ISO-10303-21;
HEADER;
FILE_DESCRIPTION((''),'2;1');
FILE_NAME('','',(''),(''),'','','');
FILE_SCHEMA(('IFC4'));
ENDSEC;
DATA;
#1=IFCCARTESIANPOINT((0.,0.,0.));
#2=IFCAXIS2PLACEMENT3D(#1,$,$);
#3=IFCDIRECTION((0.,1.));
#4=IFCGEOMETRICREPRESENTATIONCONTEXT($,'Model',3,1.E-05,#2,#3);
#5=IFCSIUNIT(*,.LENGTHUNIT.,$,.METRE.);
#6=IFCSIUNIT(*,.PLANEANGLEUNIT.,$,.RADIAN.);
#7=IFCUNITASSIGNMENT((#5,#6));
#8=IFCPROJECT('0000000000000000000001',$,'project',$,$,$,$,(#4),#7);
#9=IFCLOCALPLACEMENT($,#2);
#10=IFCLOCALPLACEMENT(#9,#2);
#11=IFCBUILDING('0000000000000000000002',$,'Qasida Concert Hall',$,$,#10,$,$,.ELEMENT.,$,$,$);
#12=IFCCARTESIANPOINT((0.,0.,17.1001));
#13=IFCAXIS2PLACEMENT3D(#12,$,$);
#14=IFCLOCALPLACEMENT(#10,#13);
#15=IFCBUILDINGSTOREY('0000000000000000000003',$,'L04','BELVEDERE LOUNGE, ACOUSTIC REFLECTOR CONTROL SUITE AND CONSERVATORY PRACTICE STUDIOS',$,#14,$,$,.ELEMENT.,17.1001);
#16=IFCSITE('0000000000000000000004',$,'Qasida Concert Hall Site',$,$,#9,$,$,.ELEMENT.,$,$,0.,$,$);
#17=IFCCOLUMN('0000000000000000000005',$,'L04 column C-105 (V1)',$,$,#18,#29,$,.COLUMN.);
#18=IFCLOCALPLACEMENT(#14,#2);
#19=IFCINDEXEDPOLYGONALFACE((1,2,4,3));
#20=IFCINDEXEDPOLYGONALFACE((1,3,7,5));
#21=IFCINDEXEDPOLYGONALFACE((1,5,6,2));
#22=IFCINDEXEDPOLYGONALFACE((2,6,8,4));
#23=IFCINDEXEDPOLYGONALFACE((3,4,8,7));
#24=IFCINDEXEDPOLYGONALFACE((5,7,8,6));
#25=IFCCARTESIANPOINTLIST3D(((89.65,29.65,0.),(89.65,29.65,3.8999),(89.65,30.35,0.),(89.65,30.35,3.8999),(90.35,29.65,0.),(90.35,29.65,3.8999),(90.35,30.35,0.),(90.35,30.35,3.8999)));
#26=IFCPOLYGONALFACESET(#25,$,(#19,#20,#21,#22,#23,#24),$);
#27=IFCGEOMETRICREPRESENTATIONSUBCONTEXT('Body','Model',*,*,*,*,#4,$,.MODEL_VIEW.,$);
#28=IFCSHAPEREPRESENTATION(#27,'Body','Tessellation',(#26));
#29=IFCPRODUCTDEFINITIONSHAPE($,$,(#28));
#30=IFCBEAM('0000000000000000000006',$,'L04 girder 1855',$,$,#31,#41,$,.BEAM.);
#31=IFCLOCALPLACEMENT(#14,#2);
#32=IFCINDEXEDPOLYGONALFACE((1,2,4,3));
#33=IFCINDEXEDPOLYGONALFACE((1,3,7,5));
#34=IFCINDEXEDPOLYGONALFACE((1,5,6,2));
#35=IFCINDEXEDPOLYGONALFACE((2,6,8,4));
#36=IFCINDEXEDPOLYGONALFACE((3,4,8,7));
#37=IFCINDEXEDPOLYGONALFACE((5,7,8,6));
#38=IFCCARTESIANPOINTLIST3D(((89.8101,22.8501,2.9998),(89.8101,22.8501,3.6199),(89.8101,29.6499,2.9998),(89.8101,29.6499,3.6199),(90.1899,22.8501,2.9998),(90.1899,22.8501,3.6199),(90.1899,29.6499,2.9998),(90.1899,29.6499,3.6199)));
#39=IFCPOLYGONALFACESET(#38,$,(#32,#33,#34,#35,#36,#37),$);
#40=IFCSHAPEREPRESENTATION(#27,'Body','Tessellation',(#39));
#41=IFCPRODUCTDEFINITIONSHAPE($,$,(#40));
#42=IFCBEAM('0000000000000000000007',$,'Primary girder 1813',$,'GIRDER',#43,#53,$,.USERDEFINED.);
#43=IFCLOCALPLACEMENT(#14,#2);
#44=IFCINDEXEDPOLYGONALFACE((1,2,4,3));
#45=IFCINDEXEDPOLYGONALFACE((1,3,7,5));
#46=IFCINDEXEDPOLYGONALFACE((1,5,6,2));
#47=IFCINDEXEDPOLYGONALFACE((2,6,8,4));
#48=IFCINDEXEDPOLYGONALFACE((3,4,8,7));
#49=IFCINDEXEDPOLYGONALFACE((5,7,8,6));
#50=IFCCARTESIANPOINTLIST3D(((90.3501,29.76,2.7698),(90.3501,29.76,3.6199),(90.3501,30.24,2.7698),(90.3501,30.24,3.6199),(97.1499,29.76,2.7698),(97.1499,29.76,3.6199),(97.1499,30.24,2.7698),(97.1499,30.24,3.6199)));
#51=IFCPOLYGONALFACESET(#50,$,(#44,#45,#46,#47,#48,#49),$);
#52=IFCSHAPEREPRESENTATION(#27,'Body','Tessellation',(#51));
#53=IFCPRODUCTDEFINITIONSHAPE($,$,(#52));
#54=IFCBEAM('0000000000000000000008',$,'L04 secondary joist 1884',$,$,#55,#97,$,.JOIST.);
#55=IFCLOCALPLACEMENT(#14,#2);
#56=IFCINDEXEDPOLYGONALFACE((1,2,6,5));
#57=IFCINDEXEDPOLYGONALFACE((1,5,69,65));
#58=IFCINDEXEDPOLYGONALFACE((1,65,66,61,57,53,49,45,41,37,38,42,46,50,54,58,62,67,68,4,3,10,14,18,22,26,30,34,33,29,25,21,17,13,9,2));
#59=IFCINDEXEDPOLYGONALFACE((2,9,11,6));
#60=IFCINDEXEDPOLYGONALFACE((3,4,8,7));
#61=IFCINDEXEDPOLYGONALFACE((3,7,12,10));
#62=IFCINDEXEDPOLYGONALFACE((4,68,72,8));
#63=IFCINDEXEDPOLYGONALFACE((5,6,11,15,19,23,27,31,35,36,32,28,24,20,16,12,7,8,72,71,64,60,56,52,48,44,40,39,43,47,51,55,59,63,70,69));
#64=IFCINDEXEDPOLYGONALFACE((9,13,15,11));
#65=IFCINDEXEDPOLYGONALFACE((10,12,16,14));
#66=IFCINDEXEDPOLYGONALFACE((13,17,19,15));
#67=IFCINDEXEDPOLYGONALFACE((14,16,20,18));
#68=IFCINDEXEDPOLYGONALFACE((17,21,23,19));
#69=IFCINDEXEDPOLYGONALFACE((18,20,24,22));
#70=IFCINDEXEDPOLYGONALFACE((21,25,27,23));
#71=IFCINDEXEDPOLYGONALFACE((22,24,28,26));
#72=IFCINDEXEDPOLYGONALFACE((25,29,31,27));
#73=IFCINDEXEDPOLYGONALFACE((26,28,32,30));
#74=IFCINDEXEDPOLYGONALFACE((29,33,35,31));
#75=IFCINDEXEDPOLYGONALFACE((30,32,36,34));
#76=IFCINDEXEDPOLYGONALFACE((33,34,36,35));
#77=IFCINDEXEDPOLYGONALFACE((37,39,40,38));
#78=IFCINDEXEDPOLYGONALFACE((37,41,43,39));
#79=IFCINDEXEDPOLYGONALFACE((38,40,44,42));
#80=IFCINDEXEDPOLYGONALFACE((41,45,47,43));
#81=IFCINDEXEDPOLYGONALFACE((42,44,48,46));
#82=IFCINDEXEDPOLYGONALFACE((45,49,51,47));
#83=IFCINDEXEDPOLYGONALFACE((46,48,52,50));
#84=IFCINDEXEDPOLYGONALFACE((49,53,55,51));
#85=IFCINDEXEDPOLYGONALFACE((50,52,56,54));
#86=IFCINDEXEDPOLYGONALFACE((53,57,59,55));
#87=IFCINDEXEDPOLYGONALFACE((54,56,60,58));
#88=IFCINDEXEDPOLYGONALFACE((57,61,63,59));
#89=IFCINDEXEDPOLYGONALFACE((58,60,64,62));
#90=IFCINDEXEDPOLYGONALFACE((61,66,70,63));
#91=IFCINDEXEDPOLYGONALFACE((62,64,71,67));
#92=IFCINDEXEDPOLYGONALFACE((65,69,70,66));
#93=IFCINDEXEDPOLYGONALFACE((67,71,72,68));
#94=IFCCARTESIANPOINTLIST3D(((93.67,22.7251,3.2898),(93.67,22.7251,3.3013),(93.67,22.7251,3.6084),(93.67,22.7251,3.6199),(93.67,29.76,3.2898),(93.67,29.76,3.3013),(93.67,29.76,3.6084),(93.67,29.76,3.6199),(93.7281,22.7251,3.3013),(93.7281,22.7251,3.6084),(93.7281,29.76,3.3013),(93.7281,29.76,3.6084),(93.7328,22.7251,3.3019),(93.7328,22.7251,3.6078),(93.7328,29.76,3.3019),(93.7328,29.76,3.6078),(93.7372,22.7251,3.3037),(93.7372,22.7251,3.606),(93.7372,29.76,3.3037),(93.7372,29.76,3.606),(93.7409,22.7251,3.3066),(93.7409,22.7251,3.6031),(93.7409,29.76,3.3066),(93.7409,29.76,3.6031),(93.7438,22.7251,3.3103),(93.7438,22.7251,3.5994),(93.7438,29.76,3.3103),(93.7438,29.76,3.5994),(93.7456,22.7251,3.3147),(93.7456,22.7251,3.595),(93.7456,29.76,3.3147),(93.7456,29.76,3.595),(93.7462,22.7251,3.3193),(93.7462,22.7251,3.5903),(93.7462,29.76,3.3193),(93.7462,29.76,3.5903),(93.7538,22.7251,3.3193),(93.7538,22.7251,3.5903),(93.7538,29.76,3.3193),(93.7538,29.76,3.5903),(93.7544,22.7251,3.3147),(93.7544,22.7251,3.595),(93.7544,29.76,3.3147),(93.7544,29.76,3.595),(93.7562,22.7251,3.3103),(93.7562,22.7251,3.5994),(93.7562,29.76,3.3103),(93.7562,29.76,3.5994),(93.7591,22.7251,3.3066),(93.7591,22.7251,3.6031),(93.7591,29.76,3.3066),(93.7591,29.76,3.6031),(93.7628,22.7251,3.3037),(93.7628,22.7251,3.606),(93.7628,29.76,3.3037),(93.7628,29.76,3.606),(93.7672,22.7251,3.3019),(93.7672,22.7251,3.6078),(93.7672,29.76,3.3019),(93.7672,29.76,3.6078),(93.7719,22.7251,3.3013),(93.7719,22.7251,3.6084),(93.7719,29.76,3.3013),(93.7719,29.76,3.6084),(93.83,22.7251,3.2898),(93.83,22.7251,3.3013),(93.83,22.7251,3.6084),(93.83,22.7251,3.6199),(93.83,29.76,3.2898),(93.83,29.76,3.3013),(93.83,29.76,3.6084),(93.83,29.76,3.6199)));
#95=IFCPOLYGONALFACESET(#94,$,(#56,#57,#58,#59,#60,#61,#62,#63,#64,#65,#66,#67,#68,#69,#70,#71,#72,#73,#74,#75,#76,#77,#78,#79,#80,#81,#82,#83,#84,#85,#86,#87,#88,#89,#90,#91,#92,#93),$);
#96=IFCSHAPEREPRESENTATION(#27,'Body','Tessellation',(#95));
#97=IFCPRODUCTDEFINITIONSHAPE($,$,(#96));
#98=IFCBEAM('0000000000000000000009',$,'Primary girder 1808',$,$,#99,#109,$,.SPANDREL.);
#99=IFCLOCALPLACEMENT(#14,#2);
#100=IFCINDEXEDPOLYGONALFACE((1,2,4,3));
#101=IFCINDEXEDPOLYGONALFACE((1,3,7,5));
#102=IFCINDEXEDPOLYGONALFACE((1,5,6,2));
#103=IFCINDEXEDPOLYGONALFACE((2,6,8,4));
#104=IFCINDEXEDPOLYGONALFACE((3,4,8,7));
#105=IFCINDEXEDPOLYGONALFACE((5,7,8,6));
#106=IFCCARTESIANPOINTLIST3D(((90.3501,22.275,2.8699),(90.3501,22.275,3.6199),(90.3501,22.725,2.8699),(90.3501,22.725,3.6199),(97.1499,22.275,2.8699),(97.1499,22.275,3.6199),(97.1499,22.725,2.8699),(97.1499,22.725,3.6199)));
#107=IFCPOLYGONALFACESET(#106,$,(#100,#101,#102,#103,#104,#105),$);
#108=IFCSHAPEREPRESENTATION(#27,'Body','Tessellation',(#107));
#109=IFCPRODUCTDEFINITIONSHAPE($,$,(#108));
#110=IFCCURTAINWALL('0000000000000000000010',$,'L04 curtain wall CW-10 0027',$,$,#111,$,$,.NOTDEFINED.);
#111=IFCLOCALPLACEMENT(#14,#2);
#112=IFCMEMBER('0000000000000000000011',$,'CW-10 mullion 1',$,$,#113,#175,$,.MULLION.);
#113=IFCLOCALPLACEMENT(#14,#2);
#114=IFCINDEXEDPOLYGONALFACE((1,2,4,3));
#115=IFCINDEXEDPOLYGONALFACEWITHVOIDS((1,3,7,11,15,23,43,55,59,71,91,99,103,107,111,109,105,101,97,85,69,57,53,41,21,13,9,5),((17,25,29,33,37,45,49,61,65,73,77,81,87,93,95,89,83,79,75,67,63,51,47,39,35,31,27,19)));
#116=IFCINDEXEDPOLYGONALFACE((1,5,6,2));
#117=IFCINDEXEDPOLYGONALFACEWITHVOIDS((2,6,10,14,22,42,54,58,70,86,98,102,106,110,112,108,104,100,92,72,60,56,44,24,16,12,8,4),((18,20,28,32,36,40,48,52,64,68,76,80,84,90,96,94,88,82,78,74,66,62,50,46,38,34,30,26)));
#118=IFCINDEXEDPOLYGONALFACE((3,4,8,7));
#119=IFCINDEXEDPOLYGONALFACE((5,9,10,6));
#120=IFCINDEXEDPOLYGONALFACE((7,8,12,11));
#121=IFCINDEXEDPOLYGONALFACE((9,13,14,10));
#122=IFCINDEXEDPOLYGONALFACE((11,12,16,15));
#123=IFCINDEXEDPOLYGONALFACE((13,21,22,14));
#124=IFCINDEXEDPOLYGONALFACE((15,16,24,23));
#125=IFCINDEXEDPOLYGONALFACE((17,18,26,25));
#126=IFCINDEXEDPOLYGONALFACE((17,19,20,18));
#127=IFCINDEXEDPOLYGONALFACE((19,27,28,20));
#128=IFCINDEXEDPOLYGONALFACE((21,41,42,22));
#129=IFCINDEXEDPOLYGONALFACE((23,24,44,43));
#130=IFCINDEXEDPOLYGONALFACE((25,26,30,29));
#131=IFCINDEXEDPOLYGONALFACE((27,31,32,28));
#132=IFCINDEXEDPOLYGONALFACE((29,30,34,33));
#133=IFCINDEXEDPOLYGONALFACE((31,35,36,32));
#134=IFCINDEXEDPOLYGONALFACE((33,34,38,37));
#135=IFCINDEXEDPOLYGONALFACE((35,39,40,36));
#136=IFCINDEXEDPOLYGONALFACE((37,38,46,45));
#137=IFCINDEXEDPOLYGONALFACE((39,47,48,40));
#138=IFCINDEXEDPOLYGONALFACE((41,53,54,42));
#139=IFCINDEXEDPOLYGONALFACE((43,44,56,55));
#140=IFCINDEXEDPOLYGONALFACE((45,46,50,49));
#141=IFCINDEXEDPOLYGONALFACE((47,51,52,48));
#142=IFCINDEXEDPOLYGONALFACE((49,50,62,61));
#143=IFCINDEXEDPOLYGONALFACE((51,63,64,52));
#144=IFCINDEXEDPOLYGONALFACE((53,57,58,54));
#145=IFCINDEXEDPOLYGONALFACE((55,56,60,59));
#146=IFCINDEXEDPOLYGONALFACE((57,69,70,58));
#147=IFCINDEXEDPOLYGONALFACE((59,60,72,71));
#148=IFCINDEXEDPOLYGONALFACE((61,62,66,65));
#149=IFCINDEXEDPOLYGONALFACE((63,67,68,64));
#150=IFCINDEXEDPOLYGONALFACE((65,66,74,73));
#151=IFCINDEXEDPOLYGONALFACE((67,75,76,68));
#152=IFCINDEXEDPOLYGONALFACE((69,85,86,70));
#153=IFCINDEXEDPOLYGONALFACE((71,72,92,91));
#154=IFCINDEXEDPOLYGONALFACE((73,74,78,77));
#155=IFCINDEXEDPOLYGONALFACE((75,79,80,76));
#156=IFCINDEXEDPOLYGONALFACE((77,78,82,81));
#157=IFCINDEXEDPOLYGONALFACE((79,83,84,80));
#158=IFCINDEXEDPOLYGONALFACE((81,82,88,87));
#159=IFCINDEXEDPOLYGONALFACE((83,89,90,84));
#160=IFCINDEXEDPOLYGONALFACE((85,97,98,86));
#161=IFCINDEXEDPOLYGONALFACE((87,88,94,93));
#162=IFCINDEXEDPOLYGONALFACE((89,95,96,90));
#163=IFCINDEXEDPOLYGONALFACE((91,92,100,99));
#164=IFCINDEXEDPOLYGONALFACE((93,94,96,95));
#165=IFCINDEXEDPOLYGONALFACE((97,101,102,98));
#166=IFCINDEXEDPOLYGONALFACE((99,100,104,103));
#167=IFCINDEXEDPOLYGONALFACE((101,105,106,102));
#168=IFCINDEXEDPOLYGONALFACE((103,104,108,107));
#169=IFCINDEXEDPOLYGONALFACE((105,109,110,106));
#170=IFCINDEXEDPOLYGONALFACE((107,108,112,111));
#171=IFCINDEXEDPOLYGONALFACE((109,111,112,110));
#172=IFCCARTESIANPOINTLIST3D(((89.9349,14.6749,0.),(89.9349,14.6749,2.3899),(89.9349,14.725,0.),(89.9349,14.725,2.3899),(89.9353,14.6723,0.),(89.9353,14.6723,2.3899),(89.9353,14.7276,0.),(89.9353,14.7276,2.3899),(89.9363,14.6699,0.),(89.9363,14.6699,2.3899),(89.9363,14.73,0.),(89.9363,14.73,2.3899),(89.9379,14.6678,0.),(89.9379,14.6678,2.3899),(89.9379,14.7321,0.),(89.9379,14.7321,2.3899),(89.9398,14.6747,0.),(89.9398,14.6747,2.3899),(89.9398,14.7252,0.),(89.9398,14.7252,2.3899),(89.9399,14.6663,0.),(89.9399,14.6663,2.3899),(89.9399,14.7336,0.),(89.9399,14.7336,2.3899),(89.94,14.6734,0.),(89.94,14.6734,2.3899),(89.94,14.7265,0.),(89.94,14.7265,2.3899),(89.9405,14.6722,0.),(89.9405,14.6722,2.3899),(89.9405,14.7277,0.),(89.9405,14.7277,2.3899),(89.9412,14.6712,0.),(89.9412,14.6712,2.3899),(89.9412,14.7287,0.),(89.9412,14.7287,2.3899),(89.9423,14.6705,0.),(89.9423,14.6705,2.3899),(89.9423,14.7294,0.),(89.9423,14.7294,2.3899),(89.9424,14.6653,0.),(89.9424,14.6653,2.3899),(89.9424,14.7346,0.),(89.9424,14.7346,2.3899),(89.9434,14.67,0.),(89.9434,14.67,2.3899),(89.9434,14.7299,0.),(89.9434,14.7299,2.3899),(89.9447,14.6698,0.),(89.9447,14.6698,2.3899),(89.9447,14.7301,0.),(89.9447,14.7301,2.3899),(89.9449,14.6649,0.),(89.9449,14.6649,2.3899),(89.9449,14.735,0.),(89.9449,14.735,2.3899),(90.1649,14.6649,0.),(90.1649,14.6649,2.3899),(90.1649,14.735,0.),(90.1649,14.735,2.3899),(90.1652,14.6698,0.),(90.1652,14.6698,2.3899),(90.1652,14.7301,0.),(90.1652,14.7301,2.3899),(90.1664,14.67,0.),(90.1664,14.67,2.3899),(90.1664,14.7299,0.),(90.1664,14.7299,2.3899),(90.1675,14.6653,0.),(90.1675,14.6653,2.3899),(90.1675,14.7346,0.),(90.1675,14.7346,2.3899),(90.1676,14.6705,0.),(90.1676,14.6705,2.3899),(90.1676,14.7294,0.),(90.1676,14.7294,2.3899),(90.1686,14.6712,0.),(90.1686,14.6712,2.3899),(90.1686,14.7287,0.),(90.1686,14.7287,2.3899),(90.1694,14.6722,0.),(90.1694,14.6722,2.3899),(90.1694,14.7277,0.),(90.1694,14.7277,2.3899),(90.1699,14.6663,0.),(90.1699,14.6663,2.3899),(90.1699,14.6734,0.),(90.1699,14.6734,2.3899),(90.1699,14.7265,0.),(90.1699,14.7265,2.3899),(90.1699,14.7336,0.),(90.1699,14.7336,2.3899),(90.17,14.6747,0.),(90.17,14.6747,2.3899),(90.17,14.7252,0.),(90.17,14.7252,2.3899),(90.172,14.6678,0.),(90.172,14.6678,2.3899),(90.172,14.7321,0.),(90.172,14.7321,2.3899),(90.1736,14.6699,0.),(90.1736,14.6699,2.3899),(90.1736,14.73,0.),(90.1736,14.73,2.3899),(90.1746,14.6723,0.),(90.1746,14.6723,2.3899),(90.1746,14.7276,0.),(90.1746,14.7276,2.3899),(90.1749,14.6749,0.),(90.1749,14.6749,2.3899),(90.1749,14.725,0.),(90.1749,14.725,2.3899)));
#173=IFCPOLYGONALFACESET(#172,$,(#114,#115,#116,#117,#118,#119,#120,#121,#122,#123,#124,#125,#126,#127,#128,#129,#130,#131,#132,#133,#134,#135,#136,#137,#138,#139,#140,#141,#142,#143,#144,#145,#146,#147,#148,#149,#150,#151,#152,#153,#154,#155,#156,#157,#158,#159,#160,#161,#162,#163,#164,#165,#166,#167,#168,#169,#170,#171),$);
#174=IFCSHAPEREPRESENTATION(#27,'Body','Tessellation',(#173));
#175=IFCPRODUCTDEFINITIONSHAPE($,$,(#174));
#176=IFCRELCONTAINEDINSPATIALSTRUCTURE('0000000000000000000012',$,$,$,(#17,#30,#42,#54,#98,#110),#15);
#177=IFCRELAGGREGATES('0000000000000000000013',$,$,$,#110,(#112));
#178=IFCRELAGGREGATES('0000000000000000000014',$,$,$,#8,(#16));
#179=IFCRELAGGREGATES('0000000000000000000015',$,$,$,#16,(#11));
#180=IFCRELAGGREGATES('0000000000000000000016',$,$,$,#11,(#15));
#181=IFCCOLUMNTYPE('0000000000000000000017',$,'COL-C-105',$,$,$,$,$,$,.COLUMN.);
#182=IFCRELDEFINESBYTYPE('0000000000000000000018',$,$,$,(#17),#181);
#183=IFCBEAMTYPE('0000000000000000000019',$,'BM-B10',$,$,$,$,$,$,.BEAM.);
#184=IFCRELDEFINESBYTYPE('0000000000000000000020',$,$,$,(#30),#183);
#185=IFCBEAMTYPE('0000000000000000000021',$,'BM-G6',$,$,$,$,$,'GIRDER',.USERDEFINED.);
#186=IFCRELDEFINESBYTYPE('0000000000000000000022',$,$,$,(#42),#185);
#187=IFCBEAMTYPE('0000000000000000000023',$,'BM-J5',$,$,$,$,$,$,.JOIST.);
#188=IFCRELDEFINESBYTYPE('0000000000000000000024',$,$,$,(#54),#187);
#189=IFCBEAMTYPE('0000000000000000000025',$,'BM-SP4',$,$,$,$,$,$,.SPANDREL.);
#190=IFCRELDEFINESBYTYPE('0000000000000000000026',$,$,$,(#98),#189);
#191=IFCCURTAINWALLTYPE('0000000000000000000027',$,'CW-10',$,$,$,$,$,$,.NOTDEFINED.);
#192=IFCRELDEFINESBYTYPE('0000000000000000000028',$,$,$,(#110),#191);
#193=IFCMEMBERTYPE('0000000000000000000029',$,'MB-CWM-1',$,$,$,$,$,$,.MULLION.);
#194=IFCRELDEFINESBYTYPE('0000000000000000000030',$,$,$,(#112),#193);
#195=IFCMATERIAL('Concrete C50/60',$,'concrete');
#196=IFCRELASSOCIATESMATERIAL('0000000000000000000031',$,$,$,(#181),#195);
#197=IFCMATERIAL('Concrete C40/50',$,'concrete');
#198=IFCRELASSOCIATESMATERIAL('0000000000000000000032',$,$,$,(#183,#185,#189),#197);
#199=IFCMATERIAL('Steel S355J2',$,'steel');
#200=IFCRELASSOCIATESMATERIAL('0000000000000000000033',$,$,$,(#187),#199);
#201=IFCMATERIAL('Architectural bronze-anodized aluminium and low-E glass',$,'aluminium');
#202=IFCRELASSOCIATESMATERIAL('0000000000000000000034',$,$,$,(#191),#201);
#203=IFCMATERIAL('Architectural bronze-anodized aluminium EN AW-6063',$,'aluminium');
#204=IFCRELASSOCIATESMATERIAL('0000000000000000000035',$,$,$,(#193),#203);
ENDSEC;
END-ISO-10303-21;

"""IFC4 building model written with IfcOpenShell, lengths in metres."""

from ifc_helpers import new_model, si_unit, direction, frame, origin, origin_2d, place, context, subcontext, project, spatial, rectangle, hollow_rectangle, i_section, extrude, material, material_profile, profile_set, type_object, element, aggregate, save


model = new_model("IFC4")

# Units and contexts
model_context = context("Model", 3, precision=1e-05, world=origin(), true_north=direction((0.0, 1.0)))
body_context = subcontext(model_context, "Body", "Model", "MODEL_VIEW")
ifc_project = project(units=[si_unit("LENGTHUNIT", "METRE"), si_unit("PLANEANGLEUNIT", "RADIAN")], contexts=[model_context])

# Site, building, storey
site_placement = place(None, origin())
site = spatial("IfcSite", under=ifc_project, at=site_placement, Name="Qasida Concert Hall Site", CompositionType="ELEMENT", RefElevation=0.0)
building_placement = place(site_placement, origin())
building = spatial("IfcBuilding", under=site, at=building_placement, Name="Qasida Concert Hall", CompositionType="ELEMENT")
storey_placement = place(building_placement, frame((0.0, 0.0, 17.1001)))
storey = spatial("IfcBuildingStorey", under=building, at=storey_placement, Name="L04", Description="BELVEDERE LOUNGE, ACOUSTIC REFLECTOR CONTROL SUITE AND CONSERVATORY PRACTICE STUDIOS", CompositionType="ELEMENT", Elevation=17.1001)

# Column
ifc_material_1 = material(Name="Concrete C50/60", Category="concrete")
ifc_material_profile_1 = material_profile(ifc_material_1, rectangle(XDim=0.7, YDim=0.7, at=origin_2d()), Name="RC 700x700")
ifc_profile_set_1 = profile_set([ifc_material_profile_1], Name="Concrete C50/60")
column_type = type_object("IfcColumnType", Name="COL-C-105", PredefinedType="COLUMN", material=ifc_profile_set_1)
column_placement = place(storey_placement, frame((90.0, 30.0, 0.0), z_axis=(0.0, 0.0, 1.0), x_axis=(1.0, 0.0, 0.0)))
element("IfcColumn", 1, at=column_placement, inside=storey, type_object=column_type, Name="L04 column C-105 (V1)", PredefinedType="COLUMN", context=body_context, shape_type="SweptSolid", body=[
    extrude(rectangle(XDim=0.7, YDim=0.7, at=origin_2d()), origin(), (0.0, 0.0, 1.0), 3.8999),
])

# Beams
ifc_material_2 = material(Name="Concrete C40/50", Category="concrete")
ifc_material_profile_2 = material_profile(ifc_material_2, rectangle(XDim=0.3799, YDim=0.6201, at=origin_2d()), Name="RC 380x620")
ifc_profile_set_2 = profile_set([ifc_material_profile_2], Name="Concrete C40/50")
beam_type_1 = type_object("IfcBeamType", Name="BM-B10", PredefinedType="BEAM", material=ifc_profile_set_2)
beam_1_placement = place(storey_placement, frame((90.0, 22.8501, 3.3098), z_axis=(0.0, 1.0, 0.0), x_axis=(-1.0, 0.0, 0.0)))
element("IfcBeam", 2, at=beam_1_placement, inside=storey, type_object=beam_type_1, Name="L04 girder 1855", PredefinedType="BEAM", context=body_context, shape_type="SweptSolid", body=[
    extrude(rectangle(XDim=0.3799, YDim=0.6201, at=origin_2d()), origin(), (0.0, 0.0, 1.0), 6.7998),
])
ifc_material_profile_3 = material_profile(ifc_material_2, rectangle(XDim=0.48, YDim=0.8501, at=origin_2d()), Name="RC 480x850")
ifc_profile_set_3 = profile_set([ifc_material_profile_3], Name="Concrete C40/50")
beam_type_2 = type_object("IfcBeamType", Name="BM-G6", ElementType="GIRDER", PredefinedType="USERDEFINED", material=ifc_profile_set_3)
beam_2_placement = place(storey_placement, frame((90.3501, 30.0, 3.1948), z_axis=(1.0, 0.0, 0.0), x_axis=(0.0, 1.0, 0.0)))
element("IfcBeam", 3, at=beam_2_placement, inside=storey, type_object=beam_type_2, Name="Primary girder 1813", ObjectType="GIRDER", PredefinedType="USERDEFINED", context=body_context, shape_type="SweptSolid", body=[
    extrude(rectangle(XDim=0.48, YDim=0.8501, at=origin_2d()), origin(), (0.0, 0.0, 1.0), 6.7998),
])
ifc_material_3 = material(Name="Steel S355J2", Category="steel")
ifc_material_profile_4 = material_profile(ifc_material_3, i_section(OverallWidth=0.1599, OverallDepth=0.3301, WebThickness=0.0076, FlangeThickness=0.0115, FilletRadius=0.0181, at=origin_2d()), Name="IPE 330")
ifc_profile_set_4 = profile_set([ifc_material_profile_4], Name="Steel S355J2")
beam_type_3 = type_object("IfcBeamType", Name="BM-J5", PredefinedType="JOIST", material=ifc_profile_set_4)
beam_3_placement = place(storey_placement, frame((93.75, 22.7251, 3.4548), z_axis=(0.0, 1.0, 0.0), x_axis=(-1.0, 0.0, 0.0)))
element("IfcBeam", 4, at=beam_3_placement, inside=storey, type_object=beam_type_3, Name="L04 secondary joist 1884", PredefinedType="JOIST", context=body_context, shape_type="SweptSolid", body=[
    extrude(i_section(OverallWidth=0.1599, OverallDepth=0.3301, WebThickness=0.0076, FlangeThickness=0.0115, FilletRadius=0.0181, at=origin_2d()), origin(), (0.0, 0.0, 1.0), 7.0349),
])
ifc_material_profile_5 = material_profile(ifc_material_2, rectangle(XDim=0.45, YDim=0.75, at=origin_2d()), Name="RC 450x750")
ifc_profile_set_5 = profile_set([ifc_material_profile_5], Name="Concrete C40/50")
beam_type_4 = type_object("IfcBeamType", Name="BM-SP4", PredefinedType="SPANDREL", material=ifc_profile_set_5)
beam_4_placement = place(storey_placement, frame((90.3501, 22.5, 3.2449), z_axis=(1.0, 0.0, 0.0), x_axis=(0.0, 1.0, 0.0)))
element("IfcBeam", 5, at=beam_4_placement, inside=storey, type_object=beam_type_4, Name="Primary girder 1808", PredefinedType="SPANDREL", context=body_context, shape_type="SweptSolid", body=[
    extrude(rectangle(XDim=0.45, YDim=0.75, at=origin_2d()), origin(), (0.0, 0.0, 1.0), 6.7998),
])

# Curtain wall, member
ifc_material_4 = material(Name="Architectural bronze-anodized aluminium and low-E glass", Category="aluminium")
curtain_wall_type = type_object("IfcCurtainWallType", Name="CW-10", PredefinedType="NOTDEFINED", material=ifc_material_4)
curtain_wall_placement = place(storey_placement, origin())
curtain_wall = element("IfcCurtainWall", 6, at=curtain_wall_placement, inside=storey, type_object=curtain_wall_type, Name="L04 curtain wall CW-10 0027", PredefinedType="NOTDEFINED")
ifc_material_5 = material(Name="Architectural bronze-anodized aluminium EN AW-6063", Category="aluminium")
ifc_material_profile_6 = material_profile(ifc_material_5, hollow_rectangle(XDim=0.0701, YDim=0.24, WallThickness=0.0049, InnerFilletRadius=0.0049, OuterFilletRadius=0.01, at=origin_2d()), Name="CWM 240x70x5")
ifc_profile_set_6 = profile_set([ifc_material_profile_6], Name="Architectural bronze-anodized aluminium EN AW-6063")
member_type_1 = type_object("IfcMemberType", Name="MB-CWM-1", PredefinedType="MULLION", material=ifc_profile_set_6)
member_1_placement = place(storey_placement, frame((90.0549, 14.7, 0.0), z_axis=(0.0, 0.0, 1.0), x_axis=(0.0, 1.0, 0.0)))
member_1 = element("IfcMember", 7, at=member_1_placement, type_object=member_type_1, Name="CW-10 mullion 1", PredefinedType="MULLION", context=body_context, shape_type="SweptSolid", body=[
    extrude(hollow_rectangle(XDim=0.0701, YDim=0.24, WallThickness=0.0049, InnerFilletRadius=0.0049, OuterFilletRadius=0.01, at=origin_2d()), origin(), (0.0, 0.0, 1.0), 2.3899),
])
aggregate(curtain_wall, [member_1])

save(model, "model.ifc")
